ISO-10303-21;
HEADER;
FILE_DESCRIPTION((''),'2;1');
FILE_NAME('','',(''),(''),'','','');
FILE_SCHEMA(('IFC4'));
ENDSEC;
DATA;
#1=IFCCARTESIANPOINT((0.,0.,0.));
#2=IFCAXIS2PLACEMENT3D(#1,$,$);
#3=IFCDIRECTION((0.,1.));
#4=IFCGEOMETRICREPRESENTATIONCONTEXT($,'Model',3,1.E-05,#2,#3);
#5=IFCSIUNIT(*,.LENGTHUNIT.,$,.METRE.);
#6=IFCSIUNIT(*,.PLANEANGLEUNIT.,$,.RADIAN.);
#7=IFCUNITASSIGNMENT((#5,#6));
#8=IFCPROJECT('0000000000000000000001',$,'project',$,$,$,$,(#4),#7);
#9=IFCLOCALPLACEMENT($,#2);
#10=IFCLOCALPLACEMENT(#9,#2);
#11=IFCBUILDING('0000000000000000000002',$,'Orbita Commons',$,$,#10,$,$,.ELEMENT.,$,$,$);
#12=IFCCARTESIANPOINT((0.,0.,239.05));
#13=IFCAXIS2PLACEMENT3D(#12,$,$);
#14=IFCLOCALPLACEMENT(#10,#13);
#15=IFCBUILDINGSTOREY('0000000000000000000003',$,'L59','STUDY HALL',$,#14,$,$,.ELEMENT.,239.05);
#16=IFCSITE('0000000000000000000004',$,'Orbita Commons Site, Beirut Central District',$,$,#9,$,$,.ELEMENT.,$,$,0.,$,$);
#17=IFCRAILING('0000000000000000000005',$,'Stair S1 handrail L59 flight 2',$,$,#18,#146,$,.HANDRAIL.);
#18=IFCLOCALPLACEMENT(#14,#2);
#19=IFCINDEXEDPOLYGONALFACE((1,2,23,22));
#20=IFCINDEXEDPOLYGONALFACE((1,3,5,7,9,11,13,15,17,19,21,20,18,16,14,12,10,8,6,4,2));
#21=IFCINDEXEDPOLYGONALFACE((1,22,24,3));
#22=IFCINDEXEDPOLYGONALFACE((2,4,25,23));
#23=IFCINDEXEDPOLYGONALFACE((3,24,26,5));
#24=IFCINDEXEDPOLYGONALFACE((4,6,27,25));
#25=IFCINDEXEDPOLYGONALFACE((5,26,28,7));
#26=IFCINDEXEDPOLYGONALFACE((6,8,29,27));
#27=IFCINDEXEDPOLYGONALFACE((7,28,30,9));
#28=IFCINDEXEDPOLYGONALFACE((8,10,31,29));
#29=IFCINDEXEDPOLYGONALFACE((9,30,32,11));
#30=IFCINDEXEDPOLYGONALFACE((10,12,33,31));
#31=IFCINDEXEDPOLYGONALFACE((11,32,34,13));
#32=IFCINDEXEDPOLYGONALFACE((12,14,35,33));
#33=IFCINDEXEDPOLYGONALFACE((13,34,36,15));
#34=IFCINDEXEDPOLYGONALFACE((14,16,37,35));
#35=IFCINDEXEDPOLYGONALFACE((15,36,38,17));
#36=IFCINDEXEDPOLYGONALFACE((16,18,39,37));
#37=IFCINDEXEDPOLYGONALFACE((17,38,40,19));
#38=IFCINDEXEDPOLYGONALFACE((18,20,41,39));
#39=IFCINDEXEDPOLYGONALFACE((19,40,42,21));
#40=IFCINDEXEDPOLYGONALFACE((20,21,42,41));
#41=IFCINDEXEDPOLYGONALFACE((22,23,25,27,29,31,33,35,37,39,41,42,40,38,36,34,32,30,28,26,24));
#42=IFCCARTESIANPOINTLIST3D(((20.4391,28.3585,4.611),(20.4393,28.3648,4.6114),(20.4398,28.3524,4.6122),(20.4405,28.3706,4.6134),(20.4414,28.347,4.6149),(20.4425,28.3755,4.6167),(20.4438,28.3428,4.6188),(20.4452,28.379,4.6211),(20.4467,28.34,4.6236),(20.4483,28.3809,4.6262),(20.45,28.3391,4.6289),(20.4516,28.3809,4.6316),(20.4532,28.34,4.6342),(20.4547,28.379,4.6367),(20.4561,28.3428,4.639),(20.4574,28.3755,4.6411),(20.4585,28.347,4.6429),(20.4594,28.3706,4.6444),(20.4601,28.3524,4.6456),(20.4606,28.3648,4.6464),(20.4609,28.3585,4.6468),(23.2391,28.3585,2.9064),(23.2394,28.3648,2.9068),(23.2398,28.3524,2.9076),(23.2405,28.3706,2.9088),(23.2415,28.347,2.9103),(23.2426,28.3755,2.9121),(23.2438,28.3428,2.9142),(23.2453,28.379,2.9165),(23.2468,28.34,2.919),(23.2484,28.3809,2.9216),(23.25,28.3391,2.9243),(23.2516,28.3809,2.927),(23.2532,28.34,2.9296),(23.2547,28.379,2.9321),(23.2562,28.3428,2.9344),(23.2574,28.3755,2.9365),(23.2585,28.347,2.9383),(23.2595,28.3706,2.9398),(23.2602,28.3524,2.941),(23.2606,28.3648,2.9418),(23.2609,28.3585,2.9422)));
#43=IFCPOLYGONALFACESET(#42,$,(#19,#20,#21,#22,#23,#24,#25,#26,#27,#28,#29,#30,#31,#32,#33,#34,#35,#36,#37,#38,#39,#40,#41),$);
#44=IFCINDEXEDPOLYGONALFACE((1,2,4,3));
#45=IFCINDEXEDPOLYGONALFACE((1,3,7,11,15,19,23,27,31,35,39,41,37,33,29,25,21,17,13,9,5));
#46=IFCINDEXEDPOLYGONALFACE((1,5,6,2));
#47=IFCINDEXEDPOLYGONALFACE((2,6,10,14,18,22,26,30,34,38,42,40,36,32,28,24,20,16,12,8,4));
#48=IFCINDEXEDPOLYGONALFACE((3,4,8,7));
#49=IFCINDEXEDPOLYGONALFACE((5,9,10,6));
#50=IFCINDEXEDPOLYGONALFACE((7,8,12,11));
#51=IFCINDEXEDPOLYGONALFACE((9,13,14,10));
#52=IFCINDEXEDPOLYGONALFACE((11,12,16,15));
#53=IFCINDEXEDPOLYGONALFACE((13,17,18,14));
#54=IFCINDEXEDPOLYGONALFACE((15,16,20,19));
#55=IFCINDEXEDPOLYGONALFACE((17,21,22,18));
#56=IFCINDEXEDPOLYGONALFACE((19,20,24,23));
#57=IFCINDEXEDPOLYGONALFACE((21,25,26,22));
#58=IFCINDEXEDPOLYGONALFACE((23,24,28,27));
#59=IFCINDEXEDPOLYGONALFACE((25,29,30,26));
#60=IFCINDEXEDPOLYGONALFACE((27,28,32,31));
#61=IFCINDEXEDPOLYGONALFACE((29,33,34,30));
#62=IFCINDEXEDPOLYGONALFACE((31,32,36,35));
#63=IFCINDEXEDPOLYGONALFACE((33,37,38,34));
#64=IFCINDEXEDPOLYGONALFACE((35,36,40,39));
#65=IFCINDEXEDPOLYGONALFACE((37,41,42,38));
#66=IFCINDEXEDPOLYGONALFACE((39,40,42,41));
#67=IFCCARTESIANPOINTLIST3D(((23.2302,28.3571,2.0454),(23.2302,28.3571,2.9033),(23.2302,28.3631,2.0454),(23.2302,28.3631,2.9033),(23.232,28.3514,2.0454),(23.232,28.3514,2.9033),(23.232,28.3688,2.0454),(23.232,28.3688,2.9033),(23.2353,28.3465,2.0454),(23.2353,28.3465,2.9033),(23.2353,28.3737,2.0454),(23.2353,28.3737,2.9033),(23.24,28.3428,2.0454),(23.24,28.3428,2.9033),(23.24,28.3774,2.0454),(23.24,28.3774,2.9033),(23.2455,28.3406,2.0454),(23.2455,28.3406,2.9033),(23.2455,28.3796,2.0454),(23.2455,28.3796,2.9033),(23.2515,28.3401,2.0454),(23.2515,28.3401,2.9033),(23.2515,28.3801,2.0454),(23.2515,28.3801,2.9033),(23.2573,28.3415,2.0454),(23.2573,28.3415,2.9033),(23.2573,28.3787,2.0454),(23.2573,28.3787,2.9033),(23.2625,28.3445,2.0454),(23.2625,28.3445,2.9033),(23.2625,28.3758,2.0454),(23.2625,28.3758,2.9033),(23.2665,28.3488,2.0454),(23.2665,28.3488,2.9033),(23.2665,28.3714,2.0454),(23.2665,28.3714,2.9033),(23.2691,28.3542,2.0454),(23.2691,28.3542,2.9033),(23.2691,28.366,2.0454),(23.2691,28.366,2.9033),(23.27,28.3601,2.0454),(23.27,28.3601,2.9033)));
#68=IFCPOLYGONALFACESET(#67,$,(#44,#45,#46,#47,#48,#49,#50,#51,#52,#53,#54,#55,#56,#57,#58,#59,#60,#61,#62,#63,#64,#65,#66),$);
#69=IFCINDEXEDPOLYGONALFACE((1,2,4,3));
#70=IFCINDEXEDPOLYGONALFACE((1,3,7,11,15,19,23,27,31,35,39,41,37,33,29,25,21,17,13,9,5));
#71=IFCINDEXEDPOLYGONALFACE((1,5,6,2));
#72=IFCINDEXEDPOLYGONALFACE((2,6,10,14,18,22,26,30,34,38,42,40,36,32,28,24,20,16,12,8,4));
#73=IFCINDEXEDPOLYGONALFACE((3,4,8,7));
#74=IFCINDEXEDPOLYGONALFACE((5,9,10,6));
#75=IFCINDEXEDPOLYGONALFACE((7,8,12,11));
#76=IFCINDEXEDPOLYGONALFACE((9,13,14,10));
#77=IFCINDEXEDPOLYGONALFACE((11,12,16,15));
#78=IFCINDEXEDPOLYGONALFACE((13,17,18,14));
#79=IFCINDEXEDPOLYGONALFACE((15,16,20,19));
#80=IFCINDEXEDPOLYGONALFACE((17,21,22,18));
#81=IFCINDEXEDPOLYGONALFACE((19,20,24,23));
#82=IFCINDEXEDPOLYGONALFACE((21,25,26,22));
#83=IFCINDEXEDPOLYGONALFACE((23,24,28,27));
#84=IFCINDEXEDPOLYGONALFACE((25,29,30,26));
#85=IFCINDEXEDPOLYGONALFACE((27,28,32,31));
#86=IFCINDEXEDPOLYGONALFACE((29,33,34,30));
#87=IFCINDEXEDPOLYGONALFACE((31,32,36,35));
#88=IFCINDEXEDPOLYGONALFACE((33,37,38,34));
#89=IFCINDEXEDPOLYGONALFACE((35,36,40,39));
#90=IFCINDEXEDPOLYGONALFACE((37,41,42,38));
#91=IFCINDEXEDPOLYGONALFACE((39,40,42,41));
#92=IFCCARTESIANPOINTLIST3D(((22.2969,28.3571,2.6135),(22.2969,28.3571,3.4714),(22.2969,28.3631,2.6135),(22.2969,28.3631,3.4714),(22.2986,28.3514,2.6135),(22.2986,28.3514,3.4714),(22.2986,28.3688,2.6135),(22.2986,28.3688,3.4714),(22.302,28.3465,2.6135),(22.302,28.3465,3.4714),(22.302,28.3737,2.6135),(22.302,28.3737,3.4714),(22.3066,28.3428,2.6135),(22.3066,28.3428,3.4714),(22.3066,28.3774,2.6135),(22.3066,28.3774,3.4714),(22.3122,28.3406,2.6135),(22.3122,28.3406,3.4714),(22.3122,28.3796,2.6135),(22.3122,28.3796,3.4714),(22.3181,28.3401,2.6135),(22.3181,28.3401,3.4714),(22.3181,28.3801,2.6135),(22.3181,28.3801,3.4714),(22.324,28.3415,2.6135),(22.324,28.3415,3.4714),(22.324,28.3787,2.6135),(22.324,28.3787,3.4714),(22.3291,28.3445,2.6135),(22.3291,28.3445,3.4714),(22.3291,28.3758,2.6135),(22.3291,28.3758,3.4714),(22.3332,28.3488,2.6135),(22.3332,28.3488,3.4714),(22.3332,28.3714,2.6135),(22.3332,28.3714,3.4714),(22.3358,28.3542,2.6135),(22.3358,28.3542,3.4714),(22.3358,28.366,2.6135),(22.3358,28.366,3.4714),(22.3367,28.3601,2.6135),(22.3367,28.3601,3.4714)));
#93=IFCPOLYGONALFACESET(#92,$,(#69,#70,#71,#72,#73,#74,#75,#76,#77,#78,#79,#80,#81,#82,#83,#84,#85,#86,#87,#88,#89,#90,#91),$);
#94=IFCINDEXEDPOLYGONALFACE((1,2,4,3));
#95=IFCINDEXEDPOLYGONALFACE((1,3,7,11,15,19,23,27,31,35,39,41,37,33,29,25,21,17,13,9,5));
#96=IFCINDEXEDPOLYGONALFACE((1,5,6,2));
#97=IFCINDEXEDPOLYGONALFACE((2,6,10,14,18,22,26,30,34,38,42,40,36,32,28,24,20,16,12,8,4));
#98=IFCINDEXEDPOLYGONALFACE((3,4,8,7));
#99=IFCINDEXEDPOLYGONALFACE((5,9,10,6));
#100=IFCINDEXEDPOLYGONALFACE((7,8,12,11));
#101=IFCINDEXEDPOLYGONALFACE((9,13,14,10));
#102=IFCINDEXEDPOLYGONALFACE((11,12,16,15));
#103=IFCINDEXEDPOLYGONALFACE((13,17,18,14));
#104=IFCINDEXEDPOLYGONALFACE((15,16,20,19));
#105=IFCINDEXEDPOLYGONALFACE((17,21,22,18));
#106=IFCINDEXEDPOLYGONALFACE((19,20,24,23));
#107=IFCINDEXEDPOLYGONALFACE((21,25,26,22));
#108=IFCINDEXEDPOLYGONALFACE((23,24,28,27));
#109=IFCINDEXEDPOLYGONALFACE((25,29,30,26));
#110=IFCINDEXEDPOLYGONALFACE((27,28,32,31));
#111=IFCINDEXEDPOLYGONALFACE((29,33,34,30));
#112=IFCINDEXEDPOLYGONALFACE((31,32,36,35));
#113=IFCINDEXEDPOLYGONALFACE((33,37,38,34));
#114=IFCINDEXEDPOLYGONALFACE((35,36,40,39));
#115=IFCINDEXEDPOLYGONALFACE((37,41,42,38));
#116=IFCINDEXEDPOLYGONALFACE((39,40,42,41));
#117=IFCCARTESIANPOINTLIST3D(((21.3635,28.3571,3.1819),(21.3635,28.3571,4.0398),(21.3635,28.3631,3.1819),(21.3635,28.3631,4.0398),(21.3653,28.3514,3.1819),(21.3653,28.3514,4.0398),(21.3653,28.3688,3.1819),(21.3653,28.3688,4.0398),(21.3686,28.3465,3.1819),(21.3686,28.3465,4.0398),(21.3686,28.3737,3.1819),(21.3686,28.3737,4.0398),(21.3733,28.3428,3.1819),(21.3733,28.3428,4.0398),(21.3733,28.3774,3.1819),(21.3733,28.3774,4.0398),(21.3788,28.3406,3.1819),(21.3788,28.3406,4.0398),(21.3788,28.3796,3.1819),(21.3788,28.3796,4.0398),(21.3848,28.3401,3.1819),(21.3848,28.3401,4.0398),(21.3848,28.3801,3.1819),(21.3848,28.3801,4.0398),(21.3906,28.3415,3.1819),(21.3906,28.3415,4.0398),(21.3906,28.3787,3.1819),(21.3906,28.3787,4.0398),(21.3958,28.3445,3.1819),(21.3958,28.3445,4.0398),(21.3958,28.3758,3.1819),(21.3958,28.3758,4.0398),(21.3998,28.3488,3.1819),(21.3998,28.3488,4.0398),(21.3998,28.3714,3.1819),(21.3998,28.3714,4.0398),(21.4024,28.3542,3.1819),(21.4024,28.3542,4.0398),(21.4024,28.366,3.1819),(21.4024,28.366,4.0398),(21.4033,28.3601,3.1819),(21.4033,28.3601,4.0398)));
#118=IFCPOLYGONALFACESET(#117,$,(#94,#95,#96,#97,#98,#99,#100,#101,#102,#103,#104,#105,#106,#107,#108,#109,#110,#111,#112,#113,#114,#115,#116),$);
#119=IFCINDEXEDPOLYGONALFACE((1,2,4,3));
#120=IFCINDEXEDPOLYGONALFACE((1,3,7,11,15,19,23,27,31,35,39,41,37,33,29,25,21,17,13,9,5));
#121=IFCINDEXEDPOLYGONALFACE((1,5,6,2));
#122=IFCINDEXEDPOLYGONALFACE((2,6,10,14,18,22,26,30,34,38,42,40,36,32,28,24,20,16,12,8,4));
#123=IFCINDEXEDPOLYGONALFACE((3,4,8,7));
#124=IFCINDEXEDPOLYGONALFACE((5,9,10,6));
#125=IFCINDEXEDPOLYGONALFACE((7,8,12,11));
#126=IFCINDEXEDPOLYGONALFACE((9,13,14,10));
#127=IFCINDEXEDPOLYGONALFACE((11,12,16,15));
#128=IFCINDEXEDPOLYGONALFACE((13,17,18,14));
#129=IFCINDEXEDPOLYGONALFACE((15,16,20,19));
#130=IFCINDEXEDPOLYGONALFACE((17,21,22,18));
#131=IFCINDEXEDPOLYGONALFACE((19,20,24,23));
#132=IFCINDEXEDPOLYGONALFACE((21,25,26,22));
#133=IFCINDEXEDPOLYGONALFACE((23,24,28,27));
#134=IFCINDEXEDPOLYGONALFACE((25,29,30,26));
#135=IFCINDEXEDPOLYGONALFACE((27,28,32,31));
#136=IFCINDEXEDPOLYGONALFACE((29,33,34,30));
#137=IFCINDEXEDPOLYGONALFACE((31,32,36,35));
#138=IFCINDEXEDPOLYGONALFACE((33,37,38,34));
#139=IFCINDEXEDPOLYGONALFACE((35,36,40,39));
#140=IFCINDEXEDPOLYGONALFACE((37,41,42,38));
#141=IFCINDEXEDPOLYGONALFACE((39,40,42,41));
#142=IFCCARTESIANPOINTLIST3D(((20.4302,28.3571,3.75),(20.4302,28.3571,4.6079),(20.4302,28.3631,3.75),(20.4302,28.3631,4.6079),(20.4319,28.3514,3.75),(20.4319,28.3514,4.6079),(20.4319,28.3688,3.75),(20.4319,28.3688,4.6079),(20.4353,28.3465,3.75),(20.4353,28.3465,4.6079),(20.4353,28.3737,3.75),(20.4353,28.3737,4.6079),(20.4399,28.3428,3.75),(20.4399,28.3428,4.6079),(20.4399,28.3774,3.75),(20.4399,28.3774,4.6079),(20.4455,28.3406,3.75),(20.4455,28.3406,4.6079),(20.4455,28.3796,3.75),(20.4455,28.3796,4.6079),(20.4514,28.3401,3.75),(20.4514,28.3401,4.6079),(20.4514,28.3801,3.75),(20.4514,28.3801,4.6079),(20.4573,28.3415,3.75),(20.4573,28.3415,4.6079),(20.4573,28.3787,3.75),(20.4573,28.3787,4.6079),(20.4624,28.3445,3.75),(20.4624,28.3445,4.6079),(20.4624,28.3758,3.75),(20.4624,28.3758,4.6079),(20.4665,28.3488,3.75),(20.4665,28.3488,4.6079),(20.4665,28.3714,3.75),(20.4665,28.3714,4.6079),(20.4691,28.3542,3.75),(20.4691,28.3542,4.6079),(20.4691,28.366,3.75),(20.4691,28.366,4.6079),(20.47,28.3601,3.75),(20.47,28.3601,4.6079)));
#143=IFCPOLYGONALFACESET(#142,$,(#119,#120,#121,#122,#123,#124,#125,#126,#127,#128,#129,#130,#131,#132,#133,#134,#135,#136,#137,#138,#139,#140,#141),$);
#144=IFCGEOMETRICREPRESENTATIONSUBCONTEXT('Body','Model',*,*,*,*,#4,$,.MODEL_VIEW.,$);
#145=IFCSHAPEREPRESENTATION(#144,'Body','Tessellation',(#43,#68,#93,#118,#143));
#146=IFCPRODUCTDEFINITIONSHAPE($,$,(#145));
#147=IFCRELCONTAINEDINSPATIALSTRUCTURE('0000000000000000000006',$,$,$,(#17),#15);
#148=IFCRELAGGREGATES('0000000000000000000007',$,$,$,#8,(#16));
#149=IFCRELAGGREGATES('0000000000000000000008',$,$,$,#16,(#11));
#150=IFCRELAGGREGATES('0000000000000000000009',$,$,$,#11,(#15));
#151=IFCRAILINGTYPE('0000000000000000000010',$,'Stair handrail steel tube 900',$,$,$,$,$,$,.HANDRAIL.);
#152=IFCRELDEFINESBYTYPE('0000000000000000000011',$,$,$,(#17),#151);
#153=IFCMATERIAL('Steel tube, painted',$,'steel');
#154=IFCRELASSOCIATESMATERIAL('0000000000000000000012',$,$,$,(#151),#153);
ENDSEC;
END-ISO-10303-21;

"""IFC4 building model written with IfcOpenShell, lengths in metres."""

from ifc_helpers import new_model, si_unit, direction, frame, origin, origin_2d, place, context, subcontext, project, spatial, circle, extrude, material, type_object, element, save


model = new_model("IFC4")

# Units and contexts
model_context = context("Model", 3, precision=1e-05, world=origin(), true_north=direction((0.0, 1.0)))
body_context = subcontext(model_context, "Body", "Model", "MODEL_VIEW")
ifc_project = project(units=[si_unit("LENGTHUNIT", "METRE"), si_unit("PLANEANGLEUNIT", "RADIAN")], contexts=[model_context])

# Site, building, storey
site_placement = place(None, origin())
site = spatial("IfcSite", under=ifc_project, at=site_placement, Name="Orbita Commons Site, Beirut Central District", CompositionType="ELEMENT", RefElevation=0.0)
building_placement = place(site_placement, origin())
building = spatial("IfcBuilding", under=site, at=building_placement, Name="Orbita Commons", CompositionType="ELEMENT")
storey_placement = place(building_placement, frame((0.0, 0.0, 239.05)))
storey = spatial("IfcBuildingStorey", under=building, at=storey_placement, Name="L59", Description="STUDY HALL", CompositionType="ELEMENT", Elevation=239.05)

# Railing
ifc_material = material(Name="Steel tube, painted", Category="steel")
railing_type = type_object("IfcRailingType", Name="Stair handrail steel tube 900", PredefinedType="HANDRAIL", material=ifc_material)
for number, where, name in (
    (1, (23.25, 28.3601, 2.0454), "Stair S1 handrail L59 flight 2"),
):
    element("IfcRailing", number, at=place(storey_placement, frame(where)), inside=storey, type_object=railing_type, Name=name, PredefinedType="HANDRAIL", context=body_context, shape_type="SweptSolid", body=[
        extrude(circle(Radius=0.021, at=origin_2d()), frame((0.0, 0.0, 0.8789), z_axis=(-0.85417, 0.0, 0.519994), x_axis=(0.0, -1.0, 0.0)), (0.0, 0.0, 1.0), 3.2781),
        extrude(circle(Radius=0.02, at=origin_2d()), origin(), (0.0, 0.0, 1.0), 0.8579),
        extrude(circle(Radius=0.02, at=origin_2d()), frame((-0.9333, 0.0, 0.5681)), (0.0, 0.0, 1.0), 0.8579),
        extrude(circle(Radius=0.02, at=origin_2d()), frame((-1.8667, 0.0, 1.1365)), (0.0, 0.0, 1.0), 0.8579),
        extrude(circle(Radius=0.02, at=origin_2d()), frame((-2.8, 0.0, 1.7046)), (0.0, 0.0, 1.0), 0.8579),
    ])

save(model, "model.ifc")
